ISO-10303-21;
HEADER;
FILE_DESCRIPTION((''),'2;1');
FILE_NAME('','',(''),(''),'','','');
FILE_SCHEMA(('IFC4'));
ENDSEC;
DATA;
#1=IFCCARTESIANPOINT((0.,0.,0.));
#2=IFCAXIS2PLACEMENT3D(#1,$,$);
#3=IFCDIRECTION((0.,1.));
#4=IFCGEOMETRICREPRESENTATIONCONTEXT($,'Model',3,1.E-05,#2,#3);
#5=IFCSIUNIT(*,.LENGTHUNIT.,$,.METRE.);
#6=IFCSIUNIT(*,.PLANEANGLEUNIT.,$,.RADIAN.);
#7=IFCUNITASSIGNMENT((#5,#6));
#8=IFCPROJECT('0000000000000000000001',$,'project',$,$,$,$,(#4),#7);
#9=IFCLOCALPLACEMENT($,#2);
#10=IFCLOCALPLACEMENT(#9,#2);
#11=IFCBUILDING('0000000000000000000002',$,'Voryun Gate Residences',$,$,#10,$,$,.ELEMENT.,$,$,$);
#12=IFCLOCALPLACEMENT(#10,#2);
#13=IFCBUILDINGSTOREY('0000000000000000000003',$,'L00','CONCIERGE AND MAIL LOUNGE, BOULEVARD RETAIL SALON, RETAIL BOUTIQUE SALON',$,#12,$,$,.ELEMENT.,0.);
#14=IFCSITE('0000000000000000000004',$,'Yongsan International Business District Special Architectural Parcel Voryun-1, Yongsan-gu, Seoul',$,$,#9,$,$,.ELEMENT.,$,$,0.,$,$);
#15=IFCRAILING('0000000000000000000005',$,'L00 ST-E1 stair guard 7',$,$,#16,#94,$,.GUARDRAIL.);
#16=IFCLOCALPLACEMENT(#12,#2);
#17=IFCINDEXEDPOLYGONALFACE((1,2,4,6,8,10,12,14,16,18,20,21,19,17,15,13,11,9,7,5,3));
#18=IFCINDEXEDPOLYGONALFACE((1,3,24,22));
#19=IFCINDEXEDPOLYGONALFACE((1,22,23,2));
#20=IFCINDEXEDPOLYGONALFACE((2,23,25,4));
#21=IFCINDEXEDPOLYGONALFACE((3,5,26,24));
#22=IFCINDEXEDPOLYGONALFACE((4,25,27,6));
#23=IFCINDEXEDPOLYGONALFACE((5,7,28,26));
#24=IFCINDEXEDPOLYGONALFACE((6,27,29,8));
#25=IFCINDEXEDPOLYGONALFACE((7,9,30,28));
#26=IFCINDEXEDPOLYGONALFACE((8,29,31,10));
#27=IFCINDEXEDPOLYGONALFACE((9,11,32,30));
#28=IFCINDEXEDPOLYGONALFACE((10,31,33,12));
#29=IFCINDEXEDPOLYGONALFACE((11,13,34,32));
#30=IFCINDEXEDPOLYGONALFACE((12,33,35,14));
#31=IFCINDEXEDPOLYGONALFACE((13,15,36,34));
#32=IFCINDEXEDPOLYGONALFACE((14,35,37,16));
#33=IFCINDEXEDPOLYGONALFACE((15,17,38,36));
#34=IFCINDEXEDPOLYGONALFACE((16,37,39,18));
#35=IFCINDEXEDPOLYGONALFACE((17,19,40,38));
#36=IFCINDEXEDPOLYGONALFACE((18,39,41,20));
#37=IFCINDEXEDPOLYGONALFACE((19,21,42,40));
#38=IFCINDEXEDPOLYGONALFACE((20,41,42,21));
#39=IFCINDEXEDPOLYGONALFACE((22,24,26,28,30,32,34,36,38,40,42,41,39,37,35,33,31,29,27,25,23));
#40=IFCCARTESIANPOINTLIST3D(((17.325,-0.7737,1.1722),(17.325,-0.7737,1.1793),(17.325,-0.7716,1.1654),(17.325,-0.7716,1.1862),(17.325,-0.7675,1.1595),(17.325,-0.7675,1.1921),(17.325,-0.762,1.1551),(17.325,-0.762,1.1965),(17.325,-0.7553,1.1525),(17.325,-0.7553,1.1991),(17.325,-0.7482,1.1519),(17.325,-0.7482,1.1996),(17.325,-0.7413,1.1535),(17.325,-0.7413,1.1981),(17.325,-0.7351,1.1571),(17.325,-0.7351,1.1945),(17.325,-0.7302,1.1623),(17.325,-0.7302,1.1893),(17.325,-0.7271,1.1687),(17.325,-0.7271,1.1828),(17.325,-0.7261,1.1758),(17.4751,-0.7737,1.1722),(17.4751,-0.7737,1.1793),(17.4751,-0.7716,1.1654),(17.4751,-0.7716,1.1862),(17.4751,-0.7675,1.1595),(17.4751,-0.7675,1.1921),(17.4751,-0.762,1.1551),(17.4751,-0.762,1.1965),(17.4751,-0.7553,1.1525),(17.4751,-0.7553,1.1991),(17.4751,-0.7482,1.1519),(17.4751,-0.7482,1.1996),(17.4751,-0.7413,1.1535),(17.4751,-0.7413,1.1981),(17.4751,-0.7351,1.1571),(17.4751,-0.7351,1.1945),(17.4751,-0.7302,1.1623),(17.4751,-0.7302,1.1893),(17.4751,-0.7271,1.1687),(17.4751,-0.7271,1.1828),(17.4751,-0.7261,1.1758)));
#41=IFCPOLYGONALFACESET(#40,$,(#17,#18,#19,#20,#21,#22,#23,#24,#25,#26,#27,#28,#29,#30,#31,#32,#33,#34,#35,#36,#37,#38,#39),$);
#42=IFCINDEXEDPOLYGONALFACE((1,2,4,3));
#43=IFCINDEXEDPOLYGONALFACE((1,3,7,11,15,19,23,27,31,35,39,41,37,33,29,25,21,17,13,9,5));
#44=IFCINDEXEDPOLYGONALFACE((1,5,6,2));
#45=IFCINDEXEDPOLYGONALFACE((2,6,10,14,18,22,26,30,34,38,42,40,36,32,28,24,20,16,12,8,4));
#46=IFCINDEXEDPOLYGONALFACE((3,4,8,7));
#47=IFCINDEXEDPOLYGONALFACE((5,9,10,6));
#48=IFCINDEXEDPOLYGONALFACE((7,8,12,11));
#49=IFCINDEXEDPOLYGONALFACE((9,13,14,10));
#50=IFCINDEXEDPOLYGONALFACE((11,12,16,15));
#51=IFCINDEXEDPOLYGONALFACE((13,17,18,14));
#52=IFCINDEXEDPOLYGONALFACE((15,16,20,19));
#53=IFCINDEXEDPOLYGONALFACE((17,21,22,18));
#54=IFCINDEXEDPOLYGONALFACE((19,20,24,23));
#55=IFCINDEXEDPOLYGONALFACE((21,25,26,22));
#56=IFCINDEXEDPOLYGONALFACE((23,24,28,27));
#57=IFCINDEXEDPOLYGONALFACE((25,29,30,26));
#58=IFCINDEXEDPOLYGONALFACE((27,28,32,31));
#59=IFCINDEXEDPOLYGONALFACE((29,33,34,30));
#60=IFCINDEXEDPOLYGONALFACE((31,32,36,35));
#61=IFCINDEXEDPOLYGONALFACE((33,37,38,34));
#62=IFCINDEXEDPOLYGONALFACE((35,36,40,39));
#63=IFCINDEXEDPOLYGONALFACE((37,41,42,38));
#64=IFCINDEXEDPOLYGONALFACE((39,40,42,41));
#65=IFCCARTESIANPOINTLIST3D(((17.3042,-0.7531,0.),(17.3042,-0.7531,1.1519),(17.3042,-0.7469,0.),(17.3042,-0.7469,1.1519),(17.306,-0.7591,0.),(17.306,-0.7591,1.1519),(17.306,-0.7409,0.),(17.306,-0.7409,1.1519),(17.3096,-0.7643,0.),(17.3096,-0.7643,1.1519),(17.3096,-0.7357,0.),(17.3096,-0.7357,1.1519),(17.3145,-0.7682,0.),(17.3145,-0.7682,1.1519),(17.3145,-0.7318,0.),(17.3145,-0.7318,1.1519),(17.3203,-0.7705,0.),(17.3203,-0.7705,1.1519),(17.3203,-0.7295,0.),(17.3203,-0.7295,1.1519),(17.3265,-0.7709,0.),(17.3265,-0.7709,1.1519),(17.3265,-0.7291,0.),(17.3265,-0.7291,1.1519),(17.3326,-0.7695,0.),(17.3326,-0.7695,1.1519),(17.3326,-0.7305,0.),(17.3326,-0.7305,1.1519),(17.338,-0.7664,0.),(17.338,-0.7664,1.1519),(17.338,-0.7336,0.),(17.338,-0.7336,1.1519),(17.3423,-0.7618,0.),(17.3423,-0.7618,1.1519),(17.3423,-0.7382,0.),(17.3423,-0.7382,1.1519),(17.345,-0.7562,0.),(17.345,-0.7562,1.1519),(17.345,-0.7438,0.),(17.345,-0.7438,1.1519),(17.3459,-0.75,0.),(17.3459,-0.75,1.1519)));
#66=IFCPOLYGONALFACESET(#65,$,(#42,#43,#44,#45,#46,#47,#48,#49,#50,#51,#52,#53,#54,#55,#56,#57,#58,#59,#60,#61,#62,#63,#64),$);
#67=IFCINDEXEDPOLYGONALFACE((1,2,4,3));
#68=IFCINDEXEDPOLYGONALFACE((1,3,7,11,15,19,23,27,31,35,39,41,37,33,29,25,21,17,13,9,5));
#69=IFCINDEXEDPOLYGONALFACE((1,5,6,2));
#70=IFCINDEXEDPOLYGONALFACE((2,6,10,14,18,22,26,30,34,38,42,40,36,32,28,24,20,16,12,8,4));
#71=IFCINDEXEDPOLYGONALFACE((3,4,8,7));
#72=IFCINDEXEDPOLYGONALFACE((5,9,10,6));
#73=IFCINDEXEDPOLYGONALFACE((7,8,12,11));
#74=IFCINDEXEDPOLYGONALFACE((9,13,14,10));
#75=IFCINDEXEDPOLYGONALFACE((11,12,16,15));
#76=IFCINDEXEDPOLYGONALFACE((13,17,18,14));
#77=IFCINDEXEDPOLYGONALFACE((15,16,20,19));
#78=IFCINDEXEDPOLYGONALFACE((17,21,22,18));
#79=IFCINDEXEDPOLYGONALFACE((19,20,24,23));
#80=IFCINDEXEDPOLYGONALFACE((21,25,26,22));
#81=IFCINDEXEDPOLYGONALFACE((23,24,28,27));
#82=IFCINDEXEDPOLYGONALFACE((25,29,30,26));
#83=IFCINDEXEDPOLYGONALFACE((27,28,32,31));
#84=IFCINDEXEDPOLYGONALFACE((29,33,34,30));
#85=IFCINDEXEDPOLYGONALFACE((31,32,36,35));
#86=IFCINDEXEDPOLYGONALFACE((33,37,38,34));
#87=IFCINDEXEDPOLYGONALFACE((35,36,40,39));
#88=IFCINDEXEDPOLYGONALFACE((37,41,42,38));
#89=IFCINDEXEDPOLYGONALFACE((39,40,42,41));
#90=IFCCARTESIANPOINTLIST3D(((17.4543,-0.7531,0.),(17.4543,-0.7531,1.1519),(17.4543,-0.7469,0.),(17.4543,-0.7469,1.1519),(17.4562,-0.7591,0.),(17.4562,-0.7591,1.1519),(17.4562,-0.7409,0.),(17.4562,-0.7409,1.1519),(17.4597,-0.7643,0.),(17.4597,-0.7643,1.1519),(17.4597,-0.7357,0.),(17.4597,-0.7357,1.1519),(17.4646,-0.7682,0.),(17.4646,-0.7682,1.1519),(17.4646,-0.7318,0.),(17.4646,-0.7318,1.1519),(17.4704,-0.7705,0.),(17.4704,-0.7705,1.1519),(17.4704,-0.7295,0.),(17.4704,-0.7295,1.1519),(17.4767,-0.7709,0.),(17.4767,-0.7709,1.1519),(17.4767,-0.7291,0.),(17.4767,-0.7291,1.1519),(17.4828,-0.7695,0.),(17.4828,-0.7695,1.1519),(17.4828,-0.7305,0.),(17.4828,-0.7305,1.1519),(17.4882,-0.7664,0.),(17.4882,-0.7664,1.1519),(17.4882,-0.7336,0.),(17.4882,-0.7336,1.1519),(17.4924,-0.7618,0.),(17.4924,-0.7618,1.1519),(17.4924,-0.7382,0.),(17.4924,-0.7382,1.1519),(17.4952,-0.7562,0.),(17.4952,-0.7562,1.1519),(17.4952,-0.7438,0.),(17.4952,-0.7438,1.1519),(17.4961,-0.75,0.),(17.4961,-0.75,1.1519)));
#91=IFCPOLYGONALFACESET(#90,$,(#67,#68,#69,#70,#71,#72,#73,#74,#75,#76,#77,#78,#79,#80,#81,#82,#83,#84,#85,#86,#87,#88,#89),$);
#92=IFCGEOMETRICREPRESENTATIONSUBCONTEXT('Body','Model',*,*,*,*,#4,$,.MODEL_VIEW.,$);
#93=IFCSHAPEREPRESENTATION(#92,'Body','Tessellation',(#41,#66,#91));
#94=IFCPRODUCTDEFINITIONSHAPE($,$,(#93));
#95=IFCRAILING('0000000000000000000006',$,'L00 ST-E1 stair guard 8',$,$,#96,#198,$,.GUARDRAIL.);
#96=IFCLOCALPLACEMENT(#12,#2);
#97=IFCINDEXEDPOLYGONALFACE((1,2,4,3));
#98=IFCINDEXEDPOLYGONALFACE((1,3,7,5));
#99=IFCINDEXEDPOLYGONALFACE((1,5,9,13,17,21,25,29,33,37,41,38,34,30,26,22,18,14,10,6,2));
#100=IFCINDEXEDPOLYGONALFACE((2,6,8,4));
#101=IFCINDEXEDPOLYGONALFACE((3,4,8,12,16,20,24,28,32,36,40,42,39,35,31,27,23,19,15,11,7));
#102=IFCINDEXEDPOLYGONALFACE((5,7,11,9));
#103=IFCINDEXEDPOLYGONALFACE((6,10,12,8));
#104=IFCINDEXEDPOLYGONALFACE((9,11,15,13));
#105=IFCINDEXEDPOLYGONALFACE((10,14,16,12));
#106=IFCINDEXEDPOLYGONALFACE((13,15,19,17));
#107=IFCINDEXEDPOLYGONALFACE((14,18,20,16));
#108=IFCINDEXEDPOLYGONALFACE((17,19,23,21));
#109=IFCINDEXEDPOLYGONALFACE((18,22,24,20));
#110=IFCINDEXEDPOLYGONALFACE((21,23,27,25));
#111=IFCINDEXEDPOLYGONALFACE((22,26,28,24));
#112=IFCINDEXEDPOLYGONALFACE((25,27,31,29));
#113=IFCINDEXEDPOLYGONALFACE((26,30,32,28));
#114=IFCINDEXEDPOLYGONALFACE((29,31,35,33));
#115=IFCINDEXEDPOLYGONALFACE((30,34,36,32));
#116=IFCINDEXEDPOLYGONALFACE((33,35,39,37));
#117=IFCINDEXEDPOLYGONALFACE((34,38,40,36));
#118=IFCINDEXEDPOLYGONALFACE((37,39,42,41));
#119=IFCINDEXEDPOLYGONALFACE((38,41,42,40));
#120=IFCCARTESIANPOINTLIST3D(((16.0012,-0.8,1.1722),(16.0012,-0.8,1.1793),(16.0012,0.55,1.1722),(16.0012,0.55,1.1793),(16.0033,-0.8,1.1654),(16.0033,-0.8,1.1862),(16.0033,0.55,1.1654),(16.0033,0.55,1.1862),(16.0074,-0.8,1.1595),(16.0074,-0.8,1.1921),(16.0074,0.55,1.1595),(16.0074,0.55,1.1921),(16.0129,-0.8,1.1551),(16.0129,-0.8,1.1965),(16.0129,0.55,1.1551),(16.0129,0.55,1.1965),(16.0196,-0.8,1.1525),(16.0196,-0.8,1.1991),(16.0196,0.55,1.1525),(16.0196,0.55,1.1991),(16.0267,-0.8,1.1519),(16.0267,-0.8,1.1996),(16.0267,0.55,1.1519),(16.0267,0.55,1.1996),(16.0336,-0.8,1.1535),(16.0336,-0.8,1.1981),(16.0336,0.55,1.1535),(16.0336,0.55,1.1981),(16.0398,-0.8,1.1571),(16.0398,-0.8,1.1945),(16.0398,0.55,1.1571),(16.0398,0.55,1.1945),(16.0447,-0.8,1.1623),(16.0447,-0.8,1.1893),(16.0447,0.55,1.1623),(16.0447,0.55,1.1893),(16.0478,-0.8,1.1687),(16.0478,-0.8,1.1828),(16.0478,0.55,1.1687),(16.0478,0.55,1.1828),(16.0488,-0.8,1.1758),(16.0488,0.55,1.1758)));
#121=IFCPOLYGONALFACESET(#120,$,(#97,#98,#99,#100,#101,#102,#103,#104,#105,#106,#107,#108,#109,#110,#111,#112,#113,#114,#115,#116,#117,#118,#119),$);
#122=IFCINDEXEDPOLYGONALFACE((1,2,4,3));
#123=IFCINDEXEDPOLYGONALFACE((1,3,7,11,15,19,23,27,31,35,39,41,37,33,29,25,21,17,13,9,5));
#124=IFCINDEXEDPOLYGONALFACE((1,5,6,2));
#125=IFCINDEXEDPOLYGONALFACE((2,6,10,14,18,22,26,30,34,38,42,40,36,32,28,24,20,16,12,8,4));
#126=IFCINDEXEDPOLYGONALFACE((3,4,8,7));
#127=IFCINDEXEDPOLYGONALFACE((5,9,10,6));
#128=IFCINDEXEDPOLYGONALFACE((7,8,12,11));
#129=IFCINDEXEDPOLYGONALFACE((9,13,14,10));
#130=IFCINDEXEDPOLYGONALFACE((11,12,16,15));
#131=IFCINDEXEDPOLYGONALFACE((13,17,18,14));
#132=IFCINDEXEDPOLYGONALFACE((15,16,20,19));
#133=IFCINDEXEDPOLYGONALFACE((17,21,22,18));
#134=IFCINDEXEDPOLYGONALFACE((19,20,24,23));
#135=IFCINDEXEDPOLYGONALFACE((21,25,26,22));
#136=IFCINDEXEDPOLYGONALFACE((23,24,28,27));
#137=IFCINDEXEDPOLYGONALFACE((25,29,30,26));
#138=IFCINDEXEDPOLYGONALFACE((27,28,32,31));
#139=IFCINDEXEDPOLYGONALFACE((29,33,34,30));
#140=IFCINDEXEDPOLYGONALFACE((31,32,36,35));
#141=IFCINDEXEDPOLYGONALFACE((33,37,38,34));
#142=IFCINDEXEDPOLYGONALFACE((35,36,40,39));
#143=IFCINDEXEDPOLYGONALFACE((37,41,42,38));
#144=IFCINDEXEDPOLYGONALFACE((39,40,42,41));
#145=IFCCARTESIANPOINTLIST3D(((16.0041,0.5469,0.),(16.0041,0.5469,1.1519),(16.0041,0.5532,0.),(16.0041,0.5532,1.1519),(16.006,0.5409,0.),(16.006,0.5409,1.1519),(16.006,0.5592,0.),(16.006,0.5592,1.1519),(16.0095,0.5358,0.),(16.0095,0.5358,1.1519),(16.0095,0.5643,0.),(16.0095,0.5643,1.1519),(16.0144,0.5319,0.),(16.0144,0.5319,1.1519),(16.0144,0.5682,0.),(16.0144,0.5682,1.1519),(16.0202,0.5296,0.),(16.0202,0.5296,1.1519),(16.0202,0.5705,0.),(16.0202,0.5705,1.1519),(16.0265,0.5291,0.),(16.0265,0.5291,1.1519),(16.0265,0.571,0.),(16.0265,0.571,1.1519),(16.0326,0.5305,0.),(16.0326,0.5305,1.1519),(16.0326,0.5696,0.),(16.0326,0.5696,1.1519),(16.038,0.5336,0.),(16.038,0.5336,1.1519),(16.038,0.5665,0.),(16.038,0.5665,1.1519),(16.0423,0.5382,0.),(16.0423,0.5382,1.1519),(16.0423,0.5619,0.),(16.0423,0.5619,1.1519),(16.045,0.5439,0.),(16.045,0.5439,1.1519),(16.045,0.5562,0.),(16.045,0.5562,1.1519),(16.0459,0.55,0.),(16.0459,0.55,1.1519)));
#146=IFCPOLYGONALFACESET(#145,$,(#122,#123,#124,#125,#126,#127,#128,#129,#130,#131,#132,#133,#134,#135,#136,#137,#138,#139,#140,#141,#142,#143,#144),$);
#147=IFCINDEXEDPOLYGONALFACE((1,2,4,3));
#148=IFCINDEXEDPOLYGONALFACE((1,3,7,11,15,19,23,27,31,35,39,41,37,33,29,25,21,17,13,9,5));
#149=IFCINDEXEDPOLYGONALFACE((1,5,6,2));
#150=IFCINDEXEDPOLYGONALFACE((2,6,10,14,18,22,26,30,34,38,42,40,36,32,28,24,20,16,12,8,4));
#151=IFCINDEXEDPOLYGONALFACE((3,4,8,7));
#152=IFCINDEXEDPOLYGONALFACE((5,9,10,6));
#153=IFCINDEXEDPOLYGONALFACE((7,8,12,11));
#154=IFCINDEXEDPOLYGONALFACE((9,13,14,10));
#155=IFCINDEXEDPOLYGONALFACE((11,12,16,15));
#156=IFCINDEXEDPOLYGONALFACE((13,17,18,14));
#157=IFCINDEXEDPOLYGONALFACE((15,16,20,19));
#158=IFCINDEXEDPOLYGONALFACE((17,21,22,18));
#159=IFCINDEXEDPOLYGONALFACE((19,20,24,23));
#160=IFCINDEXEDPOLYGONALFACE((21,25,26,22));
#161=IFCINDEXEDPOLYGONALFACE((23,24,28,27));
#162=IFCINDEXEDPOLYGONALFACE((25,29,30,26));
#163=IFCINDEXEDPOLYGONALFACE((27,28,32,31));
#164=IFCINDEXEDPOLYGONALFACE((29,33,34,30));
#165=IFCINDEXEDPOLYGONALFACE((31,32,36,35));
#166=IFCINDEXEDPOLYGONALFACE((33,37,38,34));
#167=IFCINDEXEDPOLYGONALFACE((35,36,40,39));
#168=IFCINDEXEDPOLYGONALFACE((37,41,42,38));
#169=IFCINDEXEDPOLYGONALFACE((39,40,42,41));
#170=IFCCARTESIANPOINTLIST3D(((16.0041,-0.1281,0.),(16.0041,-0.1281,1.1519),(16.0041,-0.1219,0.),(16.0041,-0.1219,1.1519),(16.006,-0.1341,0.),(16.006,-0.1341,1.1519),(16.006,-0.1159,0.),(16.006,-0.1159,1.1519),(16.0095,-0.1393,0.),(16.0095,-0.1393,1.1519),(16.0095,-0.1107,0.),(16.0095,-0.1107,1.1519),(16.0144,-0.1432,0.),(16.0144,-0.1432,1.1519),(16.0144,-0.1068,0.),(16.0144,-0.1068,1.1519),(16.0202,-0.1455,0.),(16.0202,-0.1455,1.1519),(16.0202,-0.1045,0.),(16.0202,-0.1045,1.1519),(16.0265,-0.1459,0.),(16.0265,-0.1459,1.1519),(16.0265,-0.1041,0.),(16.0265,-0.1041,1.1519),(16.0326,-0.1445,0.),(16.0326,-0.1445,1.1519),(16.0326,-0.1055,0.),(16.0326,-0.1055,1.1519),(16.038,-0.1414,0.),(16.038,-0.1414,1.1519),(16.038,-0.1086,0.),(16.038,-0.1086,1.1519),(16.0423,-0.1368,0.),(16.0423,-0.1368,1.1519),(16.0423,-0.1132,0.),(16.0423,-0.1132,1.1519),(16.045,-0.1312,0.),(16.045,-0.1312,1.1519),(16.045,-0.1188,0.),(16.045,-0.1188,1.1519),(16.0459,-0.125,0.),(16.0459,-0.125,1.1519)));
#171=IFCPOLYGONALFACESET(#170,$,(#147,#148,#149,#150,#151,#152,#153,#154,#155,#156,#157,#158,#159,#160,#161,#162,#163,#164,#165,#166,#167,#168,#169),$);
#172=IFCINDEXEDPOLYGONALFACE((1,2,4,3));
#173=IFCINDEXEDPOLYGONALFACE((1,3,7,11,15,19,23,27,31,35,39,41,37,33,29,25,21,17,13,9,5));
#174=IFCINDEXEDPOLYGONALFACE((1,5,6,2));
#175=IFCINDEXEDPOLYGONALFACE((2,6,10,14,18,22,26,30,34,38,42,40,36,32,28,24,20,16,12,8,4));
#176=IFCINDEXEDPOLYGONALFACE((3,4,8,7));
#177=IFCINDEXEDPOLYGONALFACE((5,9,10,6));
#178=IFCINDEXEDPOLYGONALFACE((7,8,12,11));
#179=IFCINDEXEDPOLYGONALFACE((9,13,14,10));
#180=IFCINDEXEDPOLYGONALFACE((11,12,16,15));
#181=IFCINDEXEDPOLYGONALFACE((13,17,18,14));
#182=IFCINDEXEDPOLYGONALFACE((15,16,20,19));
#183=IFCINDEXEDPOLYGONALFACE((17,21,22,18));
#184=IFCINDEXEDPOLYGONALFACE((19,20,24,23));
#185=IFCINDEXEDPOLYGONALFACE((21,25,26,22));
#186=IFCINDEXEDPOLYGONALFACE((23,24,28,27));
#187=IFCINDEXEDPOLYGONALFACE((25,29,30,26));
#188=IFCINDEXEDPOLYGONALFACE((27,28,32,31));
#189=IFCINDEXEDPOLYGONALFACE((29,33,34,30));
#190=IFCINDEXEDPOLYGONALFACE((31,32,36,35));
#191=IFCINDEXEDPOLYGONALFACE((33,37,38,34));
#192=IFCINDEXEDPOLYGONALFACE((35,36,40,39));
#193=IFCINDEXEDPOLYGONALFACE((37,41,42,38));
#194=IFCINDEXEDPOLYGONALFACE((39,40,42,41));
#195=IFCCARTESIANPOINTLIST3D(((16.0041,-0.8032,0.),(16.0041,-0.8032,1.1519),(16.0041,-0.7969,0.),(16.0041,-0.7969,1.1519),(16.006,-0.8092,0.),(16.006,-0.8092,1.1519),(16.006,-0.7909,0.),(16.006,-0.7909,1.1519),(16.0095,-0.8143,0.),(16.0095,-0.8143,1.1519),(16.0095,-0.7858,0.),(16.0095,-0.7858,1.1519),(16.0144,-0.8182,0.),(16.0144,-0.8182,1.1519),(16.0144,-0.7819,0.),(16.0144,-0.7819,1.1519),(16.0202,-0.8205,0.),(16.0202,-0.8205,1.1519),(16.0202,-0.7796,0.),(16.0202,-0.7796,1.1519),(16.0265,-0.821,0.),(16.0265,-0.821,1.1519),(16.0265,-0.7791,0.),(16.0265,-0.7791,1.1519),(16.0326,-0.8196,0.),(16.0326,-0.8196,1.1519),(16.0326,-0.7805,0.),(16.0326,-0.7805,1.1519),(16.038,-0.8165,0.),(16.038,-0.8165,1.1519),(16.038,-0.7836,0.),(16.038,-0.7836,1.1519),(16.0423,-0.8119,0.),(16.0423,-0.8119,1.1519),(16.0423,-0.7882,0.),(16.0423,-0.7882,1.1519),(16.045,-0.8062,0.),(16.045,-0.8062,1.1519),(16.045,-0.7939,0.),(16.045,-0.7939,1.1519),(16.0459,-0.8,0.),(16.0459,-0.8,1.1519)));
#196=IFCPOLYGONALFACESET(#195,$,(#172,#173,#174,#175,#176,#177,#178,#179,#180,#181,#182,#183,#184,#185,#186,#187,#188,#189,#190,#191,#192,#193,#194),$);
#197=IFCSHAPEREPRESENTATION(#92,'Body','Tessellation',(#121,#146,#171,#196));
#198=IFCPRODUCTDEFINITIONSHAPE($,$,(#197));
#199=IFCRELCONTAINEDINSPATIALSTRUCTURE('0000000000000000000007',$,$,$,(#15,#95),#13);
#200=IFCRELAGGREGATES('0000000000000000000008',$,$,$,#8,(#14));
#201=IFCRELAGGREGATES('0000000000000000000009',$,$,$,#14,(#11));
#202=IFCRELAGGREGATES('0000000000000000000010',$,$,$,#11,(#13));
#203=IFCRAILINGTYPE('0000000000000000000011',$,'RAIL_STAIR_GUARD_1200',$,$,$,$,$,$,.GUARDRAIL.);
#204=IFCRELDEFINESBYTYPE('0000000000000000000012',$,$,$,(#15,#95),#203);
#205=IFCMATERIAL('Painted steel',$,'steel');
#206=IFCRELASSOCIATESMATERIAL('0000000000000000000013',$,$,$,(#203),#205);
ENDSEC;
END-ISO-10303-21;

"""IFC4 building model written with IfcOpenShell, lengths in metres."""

from ifc_helpers import new_model, si_unit, direction, frame, origin, origin_2d, place, context, subcontext, project, spatial, circle, extrude, material, type_object, element, save


model = new_model("IFC4")

# Units and contexts
model_context = context("Model", 3, precision=1e-05, world=origin(), true_north=direction((0.0, 1.0)))
body_context = subcontext(model_context, "Body", "Model", "MODEL_VIEW")
ifc_project = project(units=[si_unit("LENGTHUNIT", "METRE"), si_unit("PLANEANGLEUNIT", "RADIAN")], contexts=[model_context])

# Site, building, storey
site_placement = place(None, origin())
site = spatial("IfcSite", under=ifc_project, at=site_placement, Name="Yongsan International Business District Special Architectural Parcel Voryun-1, Yongsan-gu, Seoul", CompositionType="ELEMENT", RefElevation=0.0)
building_placement = place(site_placement, origin())
building = spatial("IfcBuilding", under=site, at=building_placement, Name="Voryun Gate Residences", CompositionType="ELEMENT")
storey_placement = place(building_placement, origin())
storey = spatial("IfcBuildingStorey", under=building, at=storey_placement, Name="L00", Description="CONCIERGE AND MAIL LOUNGE, BOULEVARD RETAIL SALON, RETAIL BOUTIQUE SALON", CompositionType="ELEMENT", Elevation=0.0)

# Railings
ifc_material_1 = material(Name="Painted steel", Category="steel")
railing_type_1 = type_object("IfcRailingType", Name="RAIL_STAIR_GUARD_1200", PredefinedType="GUARDRAIL", material=ifc_material_1)
railing_1_placement = place(storey_placement, frame((17.325, -0.75, 0.0)))
element("IfcRailing", 1, at=railing_1_placement, inside=storey, type_object=railing_type_1, Name="L00 ST-E1 stair guard 7", PredefinedType="GUARDRAIL", context=body_context, shape_type="SweptSolid", body=[
    extrude(circle(Radius=0.0239, at=origin_2d()), frame((0.0, 0.0, 1.1758), z_axis=(1.0, 0.0, 0.0), x_axis=(0.0, 1.0, 0.0)), (0.0, 0.0, 1.0), 0.1501),
    extrude(circle(Radius=0.021, at=origin_2d()), origin(), (0.0, 0.0, 1.0), 1.1519),
    extrude(circle(Radius=0.021, at=origin_2d()), frame((0.1501, 0.0, 0.0)), (0.0, 0.0, 1.0), 1.1519),
])
for number, where, name in (
    (2, (16.0249, 0.55, 0.0), "L00 ST-E1 stair guard 8"),
):
    element("IfcRailing", number, at=place(storey_placement, frame(where)), inside=storey, type_object=railing_type_1, Name=name, PredefinedType="GUARDRAIL", context=body_context, shape_type="SweptSolid", body=[
        extrude(circle(Radius=0.0239, at=origin_2d()), frame((0.0, 0.0, 1.1758), z_axis=(0.0, -1.0, 0.0), x_axis=(1.0, 0.0, 0.0)), (0.0, 0.0, 1.0), 1.3501),
        extrude(circle(Radius=0.021, at=origin_2d()), origin(), (0.0, 0.0, 1.0), 1.1519),
        extrude(circle(Radius=0.021, at=origin_2d()), frame((0.0, -0.675, 0.0)), (0.0, 0.0, 1.0), 1.1519),
        extrude(circle(Radius=0.021, at=origin_2d()), frame((0.0, -1.3501, 0.0)), (0.0, 0.0, 1.0), 1.1519),
    ])

save(model, "model.ifc")
